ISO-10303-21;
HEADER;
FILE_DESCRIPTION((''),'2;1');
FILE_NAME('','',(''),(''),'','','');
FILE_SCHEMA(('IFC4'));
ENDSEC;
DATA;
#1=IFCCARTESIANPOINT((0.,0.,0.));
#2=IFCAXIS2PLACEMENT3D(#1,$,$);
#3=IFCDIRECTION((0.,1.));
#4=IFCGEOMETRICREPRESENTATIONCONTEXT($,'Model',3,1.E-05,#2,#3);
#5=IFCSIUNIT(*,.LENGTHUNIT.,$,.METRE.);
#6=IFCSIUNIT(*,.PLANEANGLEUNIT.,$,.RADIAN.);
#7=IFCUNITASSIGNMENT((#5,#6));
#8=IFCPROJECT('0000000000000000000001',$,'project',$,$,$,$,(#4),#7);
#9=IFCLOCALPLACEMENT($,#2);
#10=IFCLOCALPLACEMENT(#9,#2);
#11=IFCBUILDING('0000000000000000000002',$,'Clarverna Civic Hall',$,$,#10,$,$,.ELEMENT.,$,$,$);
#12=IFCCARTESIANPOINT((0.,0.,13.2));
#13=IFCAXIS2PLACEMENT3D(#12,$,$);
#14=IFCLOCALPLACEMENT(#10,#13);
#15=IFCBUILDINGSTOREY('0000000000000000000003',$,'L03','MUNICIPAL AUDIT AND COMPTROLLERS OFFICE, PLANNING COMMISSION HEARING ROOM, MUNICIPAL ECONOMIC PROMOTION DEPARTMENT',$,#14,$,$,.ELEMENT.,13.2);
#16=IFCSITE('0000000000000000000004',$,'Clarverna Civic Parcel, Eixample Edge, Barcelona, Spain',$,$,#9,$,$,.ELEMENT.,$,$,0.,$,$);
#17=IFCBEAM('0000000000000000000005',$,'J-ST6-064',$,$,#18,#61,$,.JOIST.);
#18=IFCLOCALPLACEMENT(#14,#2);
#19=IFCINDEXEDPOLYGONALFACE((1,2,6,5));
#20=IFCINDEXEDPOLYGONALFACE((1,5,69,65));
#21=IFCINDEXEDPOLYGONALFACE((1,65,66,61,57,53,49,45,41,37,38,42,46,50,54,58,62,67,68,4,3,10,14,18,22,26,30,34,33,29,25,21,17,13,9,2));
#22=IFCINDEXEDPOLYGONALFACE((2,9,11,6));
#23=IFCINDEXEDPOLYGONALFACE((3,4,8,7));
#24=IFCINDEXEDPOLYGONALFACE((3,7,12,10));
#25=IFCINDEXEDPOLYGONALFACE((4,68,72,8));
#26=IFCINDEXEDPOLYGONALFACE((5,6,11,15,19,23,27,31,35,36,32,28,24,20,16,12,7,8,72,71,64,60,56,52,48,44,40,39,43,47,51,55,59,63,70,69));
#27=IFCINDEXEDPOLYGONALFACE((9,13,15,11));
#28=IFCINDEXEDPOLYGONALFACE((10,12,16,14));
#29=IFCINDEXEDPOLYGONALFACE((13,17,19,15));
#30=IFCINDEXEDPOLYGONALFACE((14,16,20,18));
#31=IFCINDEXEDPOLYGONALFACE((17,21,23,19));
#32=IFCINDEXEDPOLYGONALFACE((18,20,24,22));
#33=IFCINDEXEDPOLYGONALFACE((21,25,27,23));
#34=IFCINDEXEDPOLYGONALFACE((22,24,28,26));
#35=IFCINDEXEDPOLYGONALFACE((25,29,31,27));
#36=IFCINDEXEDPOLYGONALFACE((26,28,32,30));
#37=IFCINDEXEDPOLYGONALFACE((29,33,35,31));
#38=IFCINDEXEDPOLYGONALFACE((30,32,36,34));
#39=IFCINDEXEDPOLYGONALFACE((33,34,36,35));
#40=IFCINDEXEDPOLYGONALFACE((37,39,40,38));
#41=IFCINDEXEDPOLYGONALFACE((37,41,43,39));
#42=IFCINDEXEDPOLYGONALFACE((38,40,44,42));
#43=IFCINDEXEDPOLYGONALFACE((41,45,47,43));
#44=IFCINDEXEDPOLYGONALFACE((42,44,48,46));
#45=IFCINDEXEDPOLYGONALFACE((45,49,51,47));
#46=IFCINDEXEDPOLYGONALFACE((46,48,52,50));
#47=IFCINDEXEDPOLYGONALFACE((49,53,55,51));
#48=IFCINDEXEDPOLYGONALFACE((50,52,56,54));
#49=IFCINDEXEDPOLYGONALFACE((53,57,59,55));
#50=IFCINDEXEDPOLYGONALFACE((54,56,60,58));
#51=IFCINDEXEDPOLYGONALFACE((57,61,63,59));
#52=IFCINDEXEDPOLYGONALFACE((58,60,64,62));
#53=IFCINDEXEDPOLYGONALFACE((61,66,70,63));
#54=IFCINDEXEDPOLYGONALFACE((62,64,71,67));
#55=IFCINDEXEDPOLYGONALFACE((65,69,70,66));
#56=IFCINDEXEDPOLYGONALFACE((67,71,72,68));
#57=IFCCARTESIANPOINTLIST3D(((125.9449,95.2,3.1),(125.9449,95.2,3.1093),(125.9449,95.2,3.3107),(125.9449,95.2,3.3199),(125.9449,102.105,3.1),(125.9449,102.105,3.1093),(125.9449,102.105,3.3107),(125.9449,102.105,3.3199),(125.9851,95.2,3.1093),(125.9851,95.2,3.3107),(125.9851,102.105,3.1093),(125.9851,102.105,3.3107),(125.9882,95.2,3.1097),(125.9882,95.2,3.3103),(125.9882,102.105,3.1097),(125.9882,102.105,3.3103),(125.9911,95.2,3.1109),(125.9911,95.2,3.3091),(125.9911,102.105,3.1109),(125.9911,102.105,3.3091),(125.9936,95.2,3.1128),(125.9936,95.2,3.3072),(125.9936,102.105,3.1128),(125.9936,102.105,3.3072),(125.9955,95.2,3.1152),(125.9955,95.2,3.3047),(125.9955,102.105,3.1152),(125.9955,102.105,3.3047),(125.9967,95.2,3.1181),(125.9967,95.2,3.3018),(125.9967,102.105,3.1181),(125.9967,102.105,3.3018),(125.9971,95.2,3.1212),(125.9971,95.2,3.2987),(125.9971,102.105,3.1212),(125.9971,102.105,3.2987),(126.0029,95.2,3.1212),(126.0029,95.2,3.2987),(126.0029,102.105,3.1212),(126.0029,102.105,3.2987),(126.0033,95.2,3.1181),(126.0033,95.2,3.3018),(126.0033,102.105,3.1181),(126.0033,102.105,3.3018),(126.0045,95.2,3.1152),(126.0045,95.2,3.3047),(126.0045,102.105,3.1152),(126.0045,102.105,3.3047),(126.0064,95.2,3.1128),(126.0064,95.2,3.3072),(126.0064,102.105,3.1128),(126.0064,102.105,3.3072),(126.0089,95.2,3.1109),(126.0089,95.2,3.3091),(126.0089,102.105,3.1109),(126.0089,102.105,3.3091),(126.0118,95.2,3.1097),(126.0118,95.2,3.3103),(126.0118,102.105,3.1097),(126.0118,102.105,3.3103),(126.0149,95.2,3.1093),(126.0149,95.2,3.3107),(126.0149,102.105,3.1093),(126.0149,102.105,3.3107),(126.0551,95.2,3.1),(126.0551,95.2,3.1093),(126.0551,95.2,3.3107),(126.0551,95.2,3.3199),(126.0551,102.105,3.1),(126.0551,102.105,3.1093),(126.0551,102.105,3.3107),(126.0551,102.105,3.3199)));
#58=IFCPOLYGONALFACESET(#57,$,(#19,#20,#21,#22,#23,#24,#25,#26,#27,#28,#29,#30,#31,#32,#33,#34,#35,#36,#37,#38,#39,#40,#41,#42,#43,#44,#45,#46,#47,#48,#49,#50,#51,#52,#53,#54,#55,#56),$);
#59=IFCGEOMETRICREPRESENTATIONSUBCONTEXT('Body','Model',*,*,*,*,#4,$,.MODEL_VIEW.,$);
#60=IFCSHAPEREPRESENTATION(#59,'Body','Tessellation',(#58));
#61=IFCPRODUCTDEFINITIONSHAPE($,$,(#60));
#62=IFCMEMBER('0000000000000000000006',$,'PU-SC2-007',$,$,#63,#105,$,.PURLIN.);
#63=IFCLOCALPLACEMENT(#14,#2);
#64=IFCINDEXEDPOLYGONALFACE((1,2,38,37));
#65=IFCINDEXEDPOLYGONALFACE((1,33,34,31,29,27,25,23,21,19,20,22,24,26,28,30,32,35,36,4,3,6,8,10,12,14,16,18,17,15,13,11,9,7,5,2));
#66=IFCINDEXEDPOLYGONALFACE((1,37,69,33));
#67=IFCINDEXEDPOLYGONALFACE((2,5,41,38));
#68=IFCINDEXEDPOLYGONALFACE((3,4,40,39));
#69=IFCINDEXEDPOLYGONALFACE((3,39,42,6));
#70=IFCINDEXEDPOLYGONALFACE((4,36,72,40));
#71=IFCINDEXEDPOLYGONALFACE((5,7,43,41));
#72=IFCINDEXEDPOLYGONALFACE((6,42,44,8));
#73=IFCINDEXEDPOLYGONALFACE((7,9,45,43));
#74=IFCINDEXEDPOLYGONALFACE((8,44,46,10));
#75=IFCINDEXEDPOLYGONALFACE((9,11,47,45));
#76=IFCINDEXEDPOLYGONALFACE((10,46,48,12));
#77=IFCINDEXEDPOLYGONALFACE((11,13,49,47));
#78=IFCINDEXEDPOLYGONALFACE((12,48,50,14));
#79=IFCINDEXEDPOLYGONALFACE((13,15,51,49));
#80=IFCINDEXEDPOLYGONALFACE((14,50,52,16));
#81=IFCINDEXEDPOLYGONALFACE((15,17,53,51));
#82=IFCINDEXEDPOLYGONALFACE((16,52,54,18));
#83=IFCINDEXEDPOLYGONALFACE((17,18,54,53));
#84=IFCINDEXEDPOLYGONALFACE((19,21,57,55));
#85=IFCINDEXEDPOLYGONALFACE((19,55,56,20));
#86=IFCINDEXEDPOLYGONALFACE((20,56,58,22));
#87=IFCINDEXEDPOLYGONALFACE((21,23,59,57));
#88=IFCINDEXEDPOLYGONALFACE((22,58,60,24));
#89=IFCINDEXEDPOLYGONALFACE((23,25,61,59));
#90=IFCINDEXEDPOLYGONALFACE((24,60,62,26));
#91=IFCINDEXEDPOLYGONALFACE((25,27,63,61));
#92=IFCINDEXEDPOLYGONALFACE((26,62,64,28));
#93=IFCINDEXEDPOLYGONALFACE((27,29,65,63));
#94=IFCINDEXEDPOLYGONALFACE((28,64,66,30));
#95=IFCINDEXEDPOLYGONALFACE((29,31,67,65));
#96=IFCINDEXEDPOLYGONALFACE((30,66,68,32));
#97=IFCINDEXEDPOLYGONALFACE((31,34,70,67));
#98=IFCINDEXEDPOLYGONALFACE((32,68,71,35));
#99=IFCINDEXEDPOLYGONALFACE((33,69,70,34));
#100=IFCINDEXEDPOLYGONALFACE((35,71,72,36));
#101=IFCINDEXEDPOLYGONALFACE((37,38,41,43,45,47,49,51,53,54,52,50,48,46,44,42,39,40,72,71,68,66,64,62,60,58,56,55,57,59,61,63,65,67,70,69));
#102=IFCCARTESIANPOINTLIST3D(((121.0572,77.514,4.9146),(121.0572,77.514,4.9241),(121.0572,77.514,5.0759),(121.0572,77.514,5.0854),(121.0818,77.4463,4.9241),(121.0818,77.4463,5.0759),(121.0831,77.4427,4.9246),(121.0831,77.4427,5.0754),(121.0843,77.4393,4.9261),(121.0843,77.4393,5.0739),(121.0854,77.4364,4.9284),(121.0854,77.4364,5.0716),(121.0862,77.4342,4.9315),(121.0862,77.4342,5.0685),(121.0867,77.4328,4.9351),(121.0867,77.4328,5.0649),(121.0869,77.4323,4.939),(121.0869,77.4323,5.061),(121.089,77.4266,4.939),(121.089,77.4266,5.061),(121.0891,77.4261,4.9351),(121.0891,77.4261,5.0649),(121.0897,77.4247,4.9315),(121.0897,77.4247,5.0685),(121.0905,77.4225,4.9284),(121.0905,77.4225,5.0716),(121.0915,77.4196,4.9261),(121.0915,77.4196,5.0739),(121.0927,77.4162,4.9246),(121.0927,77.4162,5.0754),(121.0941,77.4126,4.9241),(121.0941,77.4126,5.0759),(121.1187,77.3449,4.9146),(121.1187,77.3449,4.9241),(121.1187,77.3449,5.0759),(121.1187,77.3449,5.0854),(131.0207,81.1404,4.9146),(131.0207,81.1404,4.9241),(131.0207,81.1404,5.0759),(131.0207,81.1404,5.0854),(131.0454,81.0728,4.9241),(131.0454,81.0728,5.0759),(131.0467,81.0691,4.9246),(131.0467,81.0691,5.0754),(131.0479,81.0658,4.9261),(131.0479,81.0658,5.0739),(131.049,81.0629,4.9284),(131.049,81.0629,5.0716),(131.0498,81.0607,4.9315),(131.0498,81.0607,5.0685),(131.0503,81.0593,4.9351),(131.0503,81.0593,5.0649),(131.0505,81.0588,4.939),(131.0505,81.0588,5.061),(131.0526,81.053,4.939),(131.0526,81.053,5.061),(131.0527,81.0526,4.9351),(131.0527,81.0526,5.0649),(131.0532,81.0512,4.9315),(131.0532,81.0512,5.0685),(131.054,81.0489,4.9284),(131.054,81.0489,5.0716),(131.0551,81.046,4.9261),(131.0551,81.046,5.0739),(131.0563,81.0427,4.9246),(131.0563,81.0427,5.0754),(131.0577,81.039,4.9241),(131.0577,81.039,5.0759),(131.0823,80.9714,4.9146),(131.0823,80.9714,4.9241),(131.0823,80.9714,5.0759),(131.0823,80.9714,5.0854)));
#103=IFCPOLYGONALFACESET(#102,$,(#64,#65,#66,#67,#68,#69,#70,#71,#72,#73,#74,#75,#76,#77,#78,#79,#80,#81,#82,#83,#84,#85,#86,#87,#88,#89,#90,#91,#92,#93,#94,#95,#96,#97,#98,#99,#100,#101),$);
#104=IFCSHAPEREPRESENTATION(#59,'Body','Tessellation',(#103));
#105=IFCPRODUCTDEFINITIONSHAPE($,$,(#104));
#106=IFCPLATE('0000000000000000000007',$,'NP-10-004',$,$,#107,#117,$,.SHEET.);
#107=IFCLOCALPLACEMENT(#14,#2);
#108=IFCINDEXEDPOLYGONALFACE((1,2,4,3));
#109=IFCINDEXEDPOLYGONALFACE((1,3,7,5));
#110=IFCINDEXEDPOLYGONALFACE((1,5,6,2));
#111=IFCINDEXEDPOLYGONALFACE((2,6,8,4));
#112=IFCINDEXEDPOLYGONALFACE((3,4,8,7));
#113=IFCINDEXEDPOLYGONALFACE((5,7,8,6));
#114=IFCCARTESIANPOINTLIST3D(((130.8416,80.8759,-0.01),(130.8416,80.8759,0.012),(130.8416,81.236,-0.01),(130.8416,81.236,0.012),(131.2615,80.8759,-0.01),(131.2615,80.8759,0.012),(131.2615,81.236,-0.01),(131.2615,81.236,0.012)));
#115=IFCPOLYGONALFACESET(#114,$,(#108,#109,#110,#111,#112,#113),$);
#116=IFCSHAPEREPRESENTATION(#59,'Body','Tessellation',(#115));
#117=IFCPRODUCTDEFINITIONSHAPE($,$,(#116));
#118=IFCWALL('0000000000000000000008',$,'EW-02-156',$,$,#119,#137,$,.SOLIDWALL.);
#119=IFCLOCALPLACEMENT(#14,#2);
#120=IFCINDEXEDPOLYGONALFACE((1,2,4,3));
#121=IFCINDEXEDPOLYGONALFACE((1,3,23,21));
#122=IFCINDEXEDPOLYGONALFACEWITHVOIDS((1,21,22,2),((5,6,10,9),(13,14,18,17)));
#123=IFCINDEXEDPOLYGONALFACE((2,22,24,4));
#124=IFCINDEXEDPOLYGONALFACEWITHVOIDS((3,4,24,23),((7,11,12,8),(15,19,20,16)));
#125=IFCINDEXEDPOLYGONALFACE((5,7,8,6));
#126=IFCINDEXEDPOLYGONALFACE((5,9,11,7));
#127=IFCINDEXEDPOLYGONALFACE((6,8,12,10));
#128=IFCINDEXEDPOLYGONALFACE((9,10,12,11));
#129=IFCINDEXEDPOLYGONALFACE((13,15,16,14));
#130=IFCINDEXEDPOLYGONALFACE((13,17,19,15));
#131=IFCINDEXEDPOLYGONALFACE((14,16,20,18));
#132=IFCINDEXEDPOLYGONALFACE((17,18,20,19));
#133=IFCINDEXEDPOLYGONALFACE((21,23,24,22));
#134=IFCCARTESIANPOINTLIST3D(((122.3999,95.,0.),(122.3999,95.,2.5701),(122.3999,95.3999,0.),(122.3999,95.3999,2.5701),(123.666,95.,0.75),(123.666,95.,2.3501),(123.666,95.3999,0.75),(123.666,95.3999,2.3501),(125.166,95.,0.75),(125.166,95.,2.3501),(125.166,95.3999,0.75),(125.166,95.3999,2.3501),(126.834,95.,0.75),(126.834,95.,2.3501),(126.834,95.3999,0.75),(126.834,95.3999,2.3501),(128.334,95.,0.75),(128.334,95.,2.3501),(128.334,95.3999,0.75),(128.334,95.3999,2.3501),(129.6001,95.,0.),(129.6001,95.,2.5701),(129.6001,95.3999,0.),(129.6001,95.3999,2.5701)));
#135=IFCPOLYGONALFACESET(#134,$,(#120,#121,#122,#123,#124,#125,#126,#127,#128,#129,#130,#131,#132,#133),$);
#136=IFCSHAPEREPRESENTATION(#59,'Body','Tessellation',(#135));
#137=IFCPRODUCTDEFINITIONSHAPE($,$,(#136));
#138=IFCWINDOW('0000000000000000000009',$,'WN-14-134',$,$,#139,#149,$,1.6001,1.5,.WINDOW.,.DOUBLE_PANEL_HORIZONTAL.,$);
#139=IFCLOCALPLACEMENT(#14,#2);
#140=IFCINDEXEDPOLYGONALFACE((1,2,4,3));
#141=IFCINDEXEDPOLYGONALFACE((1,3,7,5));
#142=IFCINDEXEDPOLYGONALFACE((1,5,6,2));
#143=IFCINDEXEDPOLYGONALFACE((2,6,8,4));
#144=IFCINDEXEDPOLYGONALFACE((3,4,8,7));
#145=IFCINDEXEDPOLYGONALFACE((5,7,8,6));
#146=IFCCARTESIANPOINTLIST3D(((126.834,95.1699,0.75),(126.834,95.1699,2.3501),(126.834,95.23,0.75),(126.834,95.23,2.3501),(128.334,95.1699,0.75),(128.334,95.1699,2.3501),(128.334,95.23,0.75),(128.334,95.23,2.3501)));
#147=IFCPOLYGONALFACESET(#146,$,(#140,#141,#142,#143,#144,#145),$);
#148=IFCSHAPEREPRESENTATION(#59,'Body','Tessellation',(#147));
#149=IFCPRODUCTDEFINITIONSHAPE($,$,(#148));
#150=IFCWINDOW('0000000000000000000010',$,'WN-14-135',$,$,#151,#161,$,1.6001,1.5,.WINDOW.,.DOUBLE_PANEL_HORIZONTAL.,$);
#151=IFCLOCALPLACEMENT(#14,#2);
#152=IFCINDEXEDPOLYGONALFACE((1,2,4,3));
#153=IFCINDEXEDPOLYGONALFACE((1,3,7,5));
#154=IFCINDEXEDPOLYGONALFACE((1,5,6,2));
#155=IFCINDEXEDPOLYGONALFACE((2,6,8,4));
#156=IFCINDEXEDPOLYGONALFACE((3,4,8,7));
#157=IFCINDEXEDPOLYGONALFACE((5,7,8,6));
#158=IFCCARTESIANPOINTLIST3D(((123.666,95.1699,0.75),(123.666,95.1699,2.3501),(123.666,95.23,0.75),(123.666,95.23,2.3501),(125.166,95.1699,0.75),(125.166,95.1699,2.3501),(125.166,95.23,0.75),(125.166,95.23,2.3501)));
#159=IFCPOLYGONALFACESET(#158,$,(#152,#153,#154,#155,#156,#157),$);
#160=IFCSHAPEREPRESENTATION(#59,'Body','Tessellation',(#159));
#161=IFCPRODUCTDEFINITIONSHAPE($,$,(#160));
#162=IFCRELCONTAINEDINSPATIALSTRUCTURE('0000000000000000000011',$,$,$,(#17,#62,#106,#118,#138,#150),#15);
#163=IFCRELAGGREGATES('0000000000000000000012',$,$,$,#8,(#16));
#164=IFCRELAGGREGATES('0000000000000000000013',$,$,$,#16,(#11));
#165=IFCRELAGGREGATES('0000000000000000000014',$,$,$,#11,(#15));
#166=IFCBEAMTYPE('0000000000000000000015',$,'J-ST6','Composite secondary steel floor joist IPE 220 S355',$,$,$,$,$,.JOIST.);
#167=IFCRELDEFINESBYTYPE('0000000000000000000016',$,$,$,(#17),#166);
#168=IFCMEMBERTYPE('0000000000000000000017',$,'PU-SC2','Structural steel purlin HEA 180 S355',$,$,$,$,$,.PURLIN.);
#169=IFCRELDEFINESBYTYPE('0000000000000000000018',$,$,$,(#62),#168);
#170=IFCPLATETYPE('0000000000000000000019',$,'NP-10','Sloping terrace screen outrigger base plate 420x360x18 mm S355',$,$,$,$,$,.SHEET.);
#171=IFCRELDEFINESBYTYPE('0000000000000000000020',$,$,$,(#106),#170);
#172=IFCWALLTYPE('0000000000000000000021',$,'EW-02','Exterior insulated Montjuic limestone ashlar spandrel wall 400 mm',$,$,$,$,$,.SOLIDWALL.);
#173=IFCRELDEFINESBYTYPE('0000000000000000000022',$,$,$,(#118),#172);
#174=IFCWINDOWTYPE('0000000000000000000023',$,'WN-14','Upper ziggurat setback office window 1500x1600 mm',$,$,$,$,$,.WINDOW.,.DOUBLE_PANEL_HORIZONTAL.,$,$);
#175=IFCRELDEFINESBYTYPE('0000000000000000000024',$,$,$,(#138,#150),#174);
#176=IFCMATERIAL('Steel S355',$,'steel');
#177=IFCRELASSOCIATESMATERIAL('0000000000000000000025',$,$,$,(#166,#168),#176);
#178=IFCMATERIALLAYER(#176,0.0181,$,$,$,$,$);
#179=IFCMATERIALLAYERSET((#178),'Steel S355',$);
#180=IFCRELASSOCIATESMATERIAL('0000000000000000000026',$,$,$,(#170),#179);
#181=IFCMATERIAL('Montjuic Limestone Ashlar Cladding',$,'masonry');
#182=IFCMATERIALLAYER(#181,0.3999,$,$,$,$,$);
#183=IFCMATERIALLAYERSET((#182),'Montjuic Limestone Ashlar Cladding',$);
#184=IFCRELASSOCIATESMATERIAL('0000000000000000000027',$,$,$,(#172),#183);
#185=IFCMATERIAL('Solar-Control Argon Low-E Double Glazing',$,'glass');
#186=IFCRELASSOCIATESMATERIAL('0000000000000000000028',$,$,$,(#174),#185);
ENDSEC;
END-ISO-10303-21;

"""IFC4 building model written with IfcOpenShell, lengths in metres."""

from ifc_helpers import new_model, si_unit, direction, frame, frame_2d, origin, origin_2d, place, context, subcontext, project, spatial, rectangle, i_section, extrude, material, layer, layer_set, material_profile, profile_set, type_object, element, fill, save


model = new_model("IFC4")

# Units and contexts
model_context = context("Model", 3, precision=1e-05, world=origin(), true_north=direction((0.0, 1.0)))
body_context = subcontext(model_context, "Body", "Model", "MODEL_VIEW")
ifc_project = project(units=[si_unit("LENGTHUNIT", "METRE"), si_unit("PLANEANGLEUNIT", "RADIAN")], contexts=[model_context])

# Site, building, storey
site_placement = place(None, origin())
site = spatial("IfcSite", under=ifc_project, at=site_placement, Name="Clarverna Civic Parcel, Eixample Edge, Barcelona, Spain", CompositionType="ELEMENT", RefElevation=0.0)
building_placement = place(site_placement, origin())
building = spatial("IfcBuilding", under=site, at=building_placement, Name="Clarverna Civic Hall", CompositionType="ELEMENT")
storey_placement = place(building_placement, frame((0.0, 0.0, 13.2)))
storey = spatial("IfcBuildingStorey", under=building, at=storey_placement, Name="L03", Description="MUNICIPAL AUDIT AND COMPTROLLERS OFFICE, PLANNING COMMISSION HEARING ROOM, MUNICIPAL ECONOMIC PROMOTION DEPARTMENT", CompositionType="ELEMENT", Elevation=13.2)

# Shared definitions
ifc_material_1 = material(Name="Steel S355", Category="steel")

# Beam
ifc_material_profile_1 = material_profile(ifc_material_1, i_section(OverallWidth=0.1101, OverallDepth=0.22, WebThickness=0.0059, FlangeThickness=0.0093, FilletRadius=0.012, at=origin_2d()), Name="IPE 220")
ifc_profile_set_1 = profile_set([ifc_material_profile_1], Name="Steel S355")
beam_type_1 = type_object("IfcBeamType", Name="J-ST6", Description="Composite secondary steel floor joist IPE 220 S355", PredefinedType="JOIST", material=ifc_profile_set_1)
beam_1_placement = place(storey_placement, frame((126.0, 95.2, 3.21), z_axis=(0.0, 1.0, 0.0), x_axis=(-1.0, 0.0, 0.0)))
element("IfcBeam", 1, at=beam_1_placement, inside=storey, type_object=beam_type_1, Name="J-ST6-064", PredefinedType="JOIST", context=body_context, shape_type="SweptSolid", body=[
    extrude(i_section(OverallWidth=0.1101, OverallDepth=0.22, WebThickness=0.0059, FlangeThickness=0.0093, FilletRadius=0.012, at=origin_2d()), origin(), (0.0, 0.0, 1.0), 6.905),
])

# Member
ifc_material_profile_2 = material_profile(ifc_material_1, i_section(OverallWidth=0.1799, OverallDepth=0.1709, WebThickness=0.0061, FlangeThickness=0.0095, FilletRadius=0.0149, at=origin_2d()), Name="HEA 180")
ifc_profile_set_2 = profile_set([ifc_material_profile_2], Name="Steel S355")
member_type = type_object("IfcMemberType", Name="PU-SC2", Description="Structural steel purlin HEA 180 S355", PredefinedType="PURLIN", material=ifc_profile_set_2)
member_placement = place(storey_placement, frame((131.0515, 81.0559, 5.0), z_axis=(-0.939693, -0.34202, 0.0), x_axis=(0.34202, -0.939693, 0.0)))
element("IfcMember", 2, at=member_placement, inside=storey, type_object=member_type, Name="PU-SC2-007", PredefinedType="PURLIN", context=body_context, shape_type="SweptSolid", body=[
    extrude(i_section(OverallWidth=0.1799, OverallDepth=0.1709, WebThickness=0.0061, FlangeThickness=0.0095, FilletRadius=0.0149, at=origin_2d()), origin(), (0.0, 0.0, 1.0), 10.603),
])

# Plate
ifc_layer_1 = layer(ifc_material_1, 0.0181)
ifc_layer_set_1 = layer_set([ifc_layer_1], Name="Steel S355")
plate_type = type_object("IfcPlateType", Name="NP-10", Description="Sloping terrace screen outrigger base plate 420x360x18 mm S355", PredefinedType="SHEET", material=ifc_layer_set_1)
plate_placement = place(storey_placement, frame((131.0515, 81.0559, -0.01), z_axis=(0.0, 0.0, 1.0), x_axis=(1.0, 0.0, 0.0)))
element("IfcPlate", 3, at=plate_placement, inside=storey, type_object=plate_type, Name="NP-10-004", PredefinedType="SHEET", context=body_context, shape_type="SweptSolid", body=[
    extrude(rectangle(XDim=0.4199, YDim=0.3601, at=origin_2d()), origin(), (0.0, 0.0, 1.0), 0.022),
])

# Wall, openings, windows
ifc_material_2 = material(Name="Montjuic Limestone Ashlar Cladding", Category="masonry")
ifc_layer_2 = layer(ifc_material_2, 0.3999)
ifc_layer_set_2 = layer_set([ifc_layer_2], Name="Montjuic Limestone Ashlar Cladding")
wall_type = type_object("IfcWallType", Name="EW-02", Description="Exterior insulated Montjuic limestone ashlar spandrel wall 400 mm", PredefinedType="SOLIDWALL", material=ifc_layer_set_2)
wall_1_placement = place(storey_placement, frame((129.6001, 95.2, 0.0), z_axis=(0.0, 0.0, 1.0), x_axis=(-1.0, 0.0, 0.0)))
wall_1 = element("IfcWall", 4, at=wall_1_placement, inside=storey, type_object=wall_type, Name="EW-02-156", PredefinedType="SOLIDWALL", context=body_context, shape_type="SweptSolid", body=[
    extrude(rectangle(XDim=7.2002, YDim=0.3999, at=frame_2d((3.6001, 0.0))), origin(), (0.0, 0.0, 1.0), 2.5701),
])
opening_1_placement = place(wall_1_placement, frame((1.2661, 0.0, 0.75)))
opening_1 = element("IfcOpeningElement", 5, at=opening_1_placement, cuts=wall_1, PredefinedType="OPENING", context=body_context, shape_type="SweptSolid", body=[
    extrude(rectangle(XDim=1.5, YDim=1.6001, at=frame_2d((0.75, 0.8))), frame((0.0, 0.21, 0.0), z_axis=(0.0, -1.0, 0.0), x_axis=(1.0, 0.0, 0.0)), (0.0, 0.0, 1.0), 0.4199),
])
opening_2_placement = place(wall_1_placement, frame((4.4341, 0.0, 0.75)))
opening_2 = element("IfcOpeningElement", 6, at=opening_2_placement, cuts=wall_1, PredefinedType="OPENING", context=body_context, shape_type="SweptSolid", body=[
    extrude(rectangle(XDim=1.5, YDim=1.6001, at=frame_2d((0.75, 0.8))), frame((0.0, 0.21, 0.0), z_axis=(0.0, -1.0, 0.0), x_axis=(1.0, 0.0, 0.0)), (0.0, 0.0, 1.0), 0.4199),
])
ifc_material_3 = material(Name="Solar-Control Argon Low-E Double Glazing", Category="glass")
window_type = type_object("IfcWindowType", Name="WN-14", Description="Upper ziggurat setback office window 1500x1600 mm", PartitioningType="DOUBLE_PANEL_HORIZONTAL", PredefinedType="WINDOW", material=ifc_material_3)
window_1_placement = place(opening_1_placement, origin())
window_1 = element("IfcWindow", 7, at=window_1_placement, inside=storey, type_object=window_type, Name="WN-14-134", OverallHeight=1.6001, OverallWidth=1.5, PartitioningType="DOUBLE_PANEL_HORIZONTAL", PredefinedType="WINDOW", context=body_context, shape_type="SweptSolid", body=[
    extrude(rectangle(XDim=1.5, YDim=1.6001, at=frame_2d((0.75, 0.8))), frame((0.0, 0.03, 0.0), z_axis=(0.0, -1.0, 0.0), x_axis=(1.0, 0.0, 0.0)), (0.0, 0.0, 1.0), 0.0601),
])
fill(opening_1, window_1)
window_2_placement = place(opening_2_placement, origin())
window_2 = element("IfcWindow", 8, at=window_2_placement, inside=storey, type_object=window_type, Name="WN-14-135", OverallHeight=1.6001, OverallWidth=1.5, PartitioningType="DOUBLE_PANEL_HORIZONTAL", PredefinedType="WINDOW", context=body_context, shape_type="SweptSolid", body=[
    extrude(rectangle(XDim=1.5, YDim=1.6001, at=frame_2d((0.75, 0.8))), frame((0.0, 0.03, 0.0), z_axis=(0.0, -1.0, 0.0), x_axis=(1.0, 0.0, 0.0)), (0.0, 0.0, 1.0), 0.0601),
])
fill(opening_2, window_2)

save(model, "model.ifc")
